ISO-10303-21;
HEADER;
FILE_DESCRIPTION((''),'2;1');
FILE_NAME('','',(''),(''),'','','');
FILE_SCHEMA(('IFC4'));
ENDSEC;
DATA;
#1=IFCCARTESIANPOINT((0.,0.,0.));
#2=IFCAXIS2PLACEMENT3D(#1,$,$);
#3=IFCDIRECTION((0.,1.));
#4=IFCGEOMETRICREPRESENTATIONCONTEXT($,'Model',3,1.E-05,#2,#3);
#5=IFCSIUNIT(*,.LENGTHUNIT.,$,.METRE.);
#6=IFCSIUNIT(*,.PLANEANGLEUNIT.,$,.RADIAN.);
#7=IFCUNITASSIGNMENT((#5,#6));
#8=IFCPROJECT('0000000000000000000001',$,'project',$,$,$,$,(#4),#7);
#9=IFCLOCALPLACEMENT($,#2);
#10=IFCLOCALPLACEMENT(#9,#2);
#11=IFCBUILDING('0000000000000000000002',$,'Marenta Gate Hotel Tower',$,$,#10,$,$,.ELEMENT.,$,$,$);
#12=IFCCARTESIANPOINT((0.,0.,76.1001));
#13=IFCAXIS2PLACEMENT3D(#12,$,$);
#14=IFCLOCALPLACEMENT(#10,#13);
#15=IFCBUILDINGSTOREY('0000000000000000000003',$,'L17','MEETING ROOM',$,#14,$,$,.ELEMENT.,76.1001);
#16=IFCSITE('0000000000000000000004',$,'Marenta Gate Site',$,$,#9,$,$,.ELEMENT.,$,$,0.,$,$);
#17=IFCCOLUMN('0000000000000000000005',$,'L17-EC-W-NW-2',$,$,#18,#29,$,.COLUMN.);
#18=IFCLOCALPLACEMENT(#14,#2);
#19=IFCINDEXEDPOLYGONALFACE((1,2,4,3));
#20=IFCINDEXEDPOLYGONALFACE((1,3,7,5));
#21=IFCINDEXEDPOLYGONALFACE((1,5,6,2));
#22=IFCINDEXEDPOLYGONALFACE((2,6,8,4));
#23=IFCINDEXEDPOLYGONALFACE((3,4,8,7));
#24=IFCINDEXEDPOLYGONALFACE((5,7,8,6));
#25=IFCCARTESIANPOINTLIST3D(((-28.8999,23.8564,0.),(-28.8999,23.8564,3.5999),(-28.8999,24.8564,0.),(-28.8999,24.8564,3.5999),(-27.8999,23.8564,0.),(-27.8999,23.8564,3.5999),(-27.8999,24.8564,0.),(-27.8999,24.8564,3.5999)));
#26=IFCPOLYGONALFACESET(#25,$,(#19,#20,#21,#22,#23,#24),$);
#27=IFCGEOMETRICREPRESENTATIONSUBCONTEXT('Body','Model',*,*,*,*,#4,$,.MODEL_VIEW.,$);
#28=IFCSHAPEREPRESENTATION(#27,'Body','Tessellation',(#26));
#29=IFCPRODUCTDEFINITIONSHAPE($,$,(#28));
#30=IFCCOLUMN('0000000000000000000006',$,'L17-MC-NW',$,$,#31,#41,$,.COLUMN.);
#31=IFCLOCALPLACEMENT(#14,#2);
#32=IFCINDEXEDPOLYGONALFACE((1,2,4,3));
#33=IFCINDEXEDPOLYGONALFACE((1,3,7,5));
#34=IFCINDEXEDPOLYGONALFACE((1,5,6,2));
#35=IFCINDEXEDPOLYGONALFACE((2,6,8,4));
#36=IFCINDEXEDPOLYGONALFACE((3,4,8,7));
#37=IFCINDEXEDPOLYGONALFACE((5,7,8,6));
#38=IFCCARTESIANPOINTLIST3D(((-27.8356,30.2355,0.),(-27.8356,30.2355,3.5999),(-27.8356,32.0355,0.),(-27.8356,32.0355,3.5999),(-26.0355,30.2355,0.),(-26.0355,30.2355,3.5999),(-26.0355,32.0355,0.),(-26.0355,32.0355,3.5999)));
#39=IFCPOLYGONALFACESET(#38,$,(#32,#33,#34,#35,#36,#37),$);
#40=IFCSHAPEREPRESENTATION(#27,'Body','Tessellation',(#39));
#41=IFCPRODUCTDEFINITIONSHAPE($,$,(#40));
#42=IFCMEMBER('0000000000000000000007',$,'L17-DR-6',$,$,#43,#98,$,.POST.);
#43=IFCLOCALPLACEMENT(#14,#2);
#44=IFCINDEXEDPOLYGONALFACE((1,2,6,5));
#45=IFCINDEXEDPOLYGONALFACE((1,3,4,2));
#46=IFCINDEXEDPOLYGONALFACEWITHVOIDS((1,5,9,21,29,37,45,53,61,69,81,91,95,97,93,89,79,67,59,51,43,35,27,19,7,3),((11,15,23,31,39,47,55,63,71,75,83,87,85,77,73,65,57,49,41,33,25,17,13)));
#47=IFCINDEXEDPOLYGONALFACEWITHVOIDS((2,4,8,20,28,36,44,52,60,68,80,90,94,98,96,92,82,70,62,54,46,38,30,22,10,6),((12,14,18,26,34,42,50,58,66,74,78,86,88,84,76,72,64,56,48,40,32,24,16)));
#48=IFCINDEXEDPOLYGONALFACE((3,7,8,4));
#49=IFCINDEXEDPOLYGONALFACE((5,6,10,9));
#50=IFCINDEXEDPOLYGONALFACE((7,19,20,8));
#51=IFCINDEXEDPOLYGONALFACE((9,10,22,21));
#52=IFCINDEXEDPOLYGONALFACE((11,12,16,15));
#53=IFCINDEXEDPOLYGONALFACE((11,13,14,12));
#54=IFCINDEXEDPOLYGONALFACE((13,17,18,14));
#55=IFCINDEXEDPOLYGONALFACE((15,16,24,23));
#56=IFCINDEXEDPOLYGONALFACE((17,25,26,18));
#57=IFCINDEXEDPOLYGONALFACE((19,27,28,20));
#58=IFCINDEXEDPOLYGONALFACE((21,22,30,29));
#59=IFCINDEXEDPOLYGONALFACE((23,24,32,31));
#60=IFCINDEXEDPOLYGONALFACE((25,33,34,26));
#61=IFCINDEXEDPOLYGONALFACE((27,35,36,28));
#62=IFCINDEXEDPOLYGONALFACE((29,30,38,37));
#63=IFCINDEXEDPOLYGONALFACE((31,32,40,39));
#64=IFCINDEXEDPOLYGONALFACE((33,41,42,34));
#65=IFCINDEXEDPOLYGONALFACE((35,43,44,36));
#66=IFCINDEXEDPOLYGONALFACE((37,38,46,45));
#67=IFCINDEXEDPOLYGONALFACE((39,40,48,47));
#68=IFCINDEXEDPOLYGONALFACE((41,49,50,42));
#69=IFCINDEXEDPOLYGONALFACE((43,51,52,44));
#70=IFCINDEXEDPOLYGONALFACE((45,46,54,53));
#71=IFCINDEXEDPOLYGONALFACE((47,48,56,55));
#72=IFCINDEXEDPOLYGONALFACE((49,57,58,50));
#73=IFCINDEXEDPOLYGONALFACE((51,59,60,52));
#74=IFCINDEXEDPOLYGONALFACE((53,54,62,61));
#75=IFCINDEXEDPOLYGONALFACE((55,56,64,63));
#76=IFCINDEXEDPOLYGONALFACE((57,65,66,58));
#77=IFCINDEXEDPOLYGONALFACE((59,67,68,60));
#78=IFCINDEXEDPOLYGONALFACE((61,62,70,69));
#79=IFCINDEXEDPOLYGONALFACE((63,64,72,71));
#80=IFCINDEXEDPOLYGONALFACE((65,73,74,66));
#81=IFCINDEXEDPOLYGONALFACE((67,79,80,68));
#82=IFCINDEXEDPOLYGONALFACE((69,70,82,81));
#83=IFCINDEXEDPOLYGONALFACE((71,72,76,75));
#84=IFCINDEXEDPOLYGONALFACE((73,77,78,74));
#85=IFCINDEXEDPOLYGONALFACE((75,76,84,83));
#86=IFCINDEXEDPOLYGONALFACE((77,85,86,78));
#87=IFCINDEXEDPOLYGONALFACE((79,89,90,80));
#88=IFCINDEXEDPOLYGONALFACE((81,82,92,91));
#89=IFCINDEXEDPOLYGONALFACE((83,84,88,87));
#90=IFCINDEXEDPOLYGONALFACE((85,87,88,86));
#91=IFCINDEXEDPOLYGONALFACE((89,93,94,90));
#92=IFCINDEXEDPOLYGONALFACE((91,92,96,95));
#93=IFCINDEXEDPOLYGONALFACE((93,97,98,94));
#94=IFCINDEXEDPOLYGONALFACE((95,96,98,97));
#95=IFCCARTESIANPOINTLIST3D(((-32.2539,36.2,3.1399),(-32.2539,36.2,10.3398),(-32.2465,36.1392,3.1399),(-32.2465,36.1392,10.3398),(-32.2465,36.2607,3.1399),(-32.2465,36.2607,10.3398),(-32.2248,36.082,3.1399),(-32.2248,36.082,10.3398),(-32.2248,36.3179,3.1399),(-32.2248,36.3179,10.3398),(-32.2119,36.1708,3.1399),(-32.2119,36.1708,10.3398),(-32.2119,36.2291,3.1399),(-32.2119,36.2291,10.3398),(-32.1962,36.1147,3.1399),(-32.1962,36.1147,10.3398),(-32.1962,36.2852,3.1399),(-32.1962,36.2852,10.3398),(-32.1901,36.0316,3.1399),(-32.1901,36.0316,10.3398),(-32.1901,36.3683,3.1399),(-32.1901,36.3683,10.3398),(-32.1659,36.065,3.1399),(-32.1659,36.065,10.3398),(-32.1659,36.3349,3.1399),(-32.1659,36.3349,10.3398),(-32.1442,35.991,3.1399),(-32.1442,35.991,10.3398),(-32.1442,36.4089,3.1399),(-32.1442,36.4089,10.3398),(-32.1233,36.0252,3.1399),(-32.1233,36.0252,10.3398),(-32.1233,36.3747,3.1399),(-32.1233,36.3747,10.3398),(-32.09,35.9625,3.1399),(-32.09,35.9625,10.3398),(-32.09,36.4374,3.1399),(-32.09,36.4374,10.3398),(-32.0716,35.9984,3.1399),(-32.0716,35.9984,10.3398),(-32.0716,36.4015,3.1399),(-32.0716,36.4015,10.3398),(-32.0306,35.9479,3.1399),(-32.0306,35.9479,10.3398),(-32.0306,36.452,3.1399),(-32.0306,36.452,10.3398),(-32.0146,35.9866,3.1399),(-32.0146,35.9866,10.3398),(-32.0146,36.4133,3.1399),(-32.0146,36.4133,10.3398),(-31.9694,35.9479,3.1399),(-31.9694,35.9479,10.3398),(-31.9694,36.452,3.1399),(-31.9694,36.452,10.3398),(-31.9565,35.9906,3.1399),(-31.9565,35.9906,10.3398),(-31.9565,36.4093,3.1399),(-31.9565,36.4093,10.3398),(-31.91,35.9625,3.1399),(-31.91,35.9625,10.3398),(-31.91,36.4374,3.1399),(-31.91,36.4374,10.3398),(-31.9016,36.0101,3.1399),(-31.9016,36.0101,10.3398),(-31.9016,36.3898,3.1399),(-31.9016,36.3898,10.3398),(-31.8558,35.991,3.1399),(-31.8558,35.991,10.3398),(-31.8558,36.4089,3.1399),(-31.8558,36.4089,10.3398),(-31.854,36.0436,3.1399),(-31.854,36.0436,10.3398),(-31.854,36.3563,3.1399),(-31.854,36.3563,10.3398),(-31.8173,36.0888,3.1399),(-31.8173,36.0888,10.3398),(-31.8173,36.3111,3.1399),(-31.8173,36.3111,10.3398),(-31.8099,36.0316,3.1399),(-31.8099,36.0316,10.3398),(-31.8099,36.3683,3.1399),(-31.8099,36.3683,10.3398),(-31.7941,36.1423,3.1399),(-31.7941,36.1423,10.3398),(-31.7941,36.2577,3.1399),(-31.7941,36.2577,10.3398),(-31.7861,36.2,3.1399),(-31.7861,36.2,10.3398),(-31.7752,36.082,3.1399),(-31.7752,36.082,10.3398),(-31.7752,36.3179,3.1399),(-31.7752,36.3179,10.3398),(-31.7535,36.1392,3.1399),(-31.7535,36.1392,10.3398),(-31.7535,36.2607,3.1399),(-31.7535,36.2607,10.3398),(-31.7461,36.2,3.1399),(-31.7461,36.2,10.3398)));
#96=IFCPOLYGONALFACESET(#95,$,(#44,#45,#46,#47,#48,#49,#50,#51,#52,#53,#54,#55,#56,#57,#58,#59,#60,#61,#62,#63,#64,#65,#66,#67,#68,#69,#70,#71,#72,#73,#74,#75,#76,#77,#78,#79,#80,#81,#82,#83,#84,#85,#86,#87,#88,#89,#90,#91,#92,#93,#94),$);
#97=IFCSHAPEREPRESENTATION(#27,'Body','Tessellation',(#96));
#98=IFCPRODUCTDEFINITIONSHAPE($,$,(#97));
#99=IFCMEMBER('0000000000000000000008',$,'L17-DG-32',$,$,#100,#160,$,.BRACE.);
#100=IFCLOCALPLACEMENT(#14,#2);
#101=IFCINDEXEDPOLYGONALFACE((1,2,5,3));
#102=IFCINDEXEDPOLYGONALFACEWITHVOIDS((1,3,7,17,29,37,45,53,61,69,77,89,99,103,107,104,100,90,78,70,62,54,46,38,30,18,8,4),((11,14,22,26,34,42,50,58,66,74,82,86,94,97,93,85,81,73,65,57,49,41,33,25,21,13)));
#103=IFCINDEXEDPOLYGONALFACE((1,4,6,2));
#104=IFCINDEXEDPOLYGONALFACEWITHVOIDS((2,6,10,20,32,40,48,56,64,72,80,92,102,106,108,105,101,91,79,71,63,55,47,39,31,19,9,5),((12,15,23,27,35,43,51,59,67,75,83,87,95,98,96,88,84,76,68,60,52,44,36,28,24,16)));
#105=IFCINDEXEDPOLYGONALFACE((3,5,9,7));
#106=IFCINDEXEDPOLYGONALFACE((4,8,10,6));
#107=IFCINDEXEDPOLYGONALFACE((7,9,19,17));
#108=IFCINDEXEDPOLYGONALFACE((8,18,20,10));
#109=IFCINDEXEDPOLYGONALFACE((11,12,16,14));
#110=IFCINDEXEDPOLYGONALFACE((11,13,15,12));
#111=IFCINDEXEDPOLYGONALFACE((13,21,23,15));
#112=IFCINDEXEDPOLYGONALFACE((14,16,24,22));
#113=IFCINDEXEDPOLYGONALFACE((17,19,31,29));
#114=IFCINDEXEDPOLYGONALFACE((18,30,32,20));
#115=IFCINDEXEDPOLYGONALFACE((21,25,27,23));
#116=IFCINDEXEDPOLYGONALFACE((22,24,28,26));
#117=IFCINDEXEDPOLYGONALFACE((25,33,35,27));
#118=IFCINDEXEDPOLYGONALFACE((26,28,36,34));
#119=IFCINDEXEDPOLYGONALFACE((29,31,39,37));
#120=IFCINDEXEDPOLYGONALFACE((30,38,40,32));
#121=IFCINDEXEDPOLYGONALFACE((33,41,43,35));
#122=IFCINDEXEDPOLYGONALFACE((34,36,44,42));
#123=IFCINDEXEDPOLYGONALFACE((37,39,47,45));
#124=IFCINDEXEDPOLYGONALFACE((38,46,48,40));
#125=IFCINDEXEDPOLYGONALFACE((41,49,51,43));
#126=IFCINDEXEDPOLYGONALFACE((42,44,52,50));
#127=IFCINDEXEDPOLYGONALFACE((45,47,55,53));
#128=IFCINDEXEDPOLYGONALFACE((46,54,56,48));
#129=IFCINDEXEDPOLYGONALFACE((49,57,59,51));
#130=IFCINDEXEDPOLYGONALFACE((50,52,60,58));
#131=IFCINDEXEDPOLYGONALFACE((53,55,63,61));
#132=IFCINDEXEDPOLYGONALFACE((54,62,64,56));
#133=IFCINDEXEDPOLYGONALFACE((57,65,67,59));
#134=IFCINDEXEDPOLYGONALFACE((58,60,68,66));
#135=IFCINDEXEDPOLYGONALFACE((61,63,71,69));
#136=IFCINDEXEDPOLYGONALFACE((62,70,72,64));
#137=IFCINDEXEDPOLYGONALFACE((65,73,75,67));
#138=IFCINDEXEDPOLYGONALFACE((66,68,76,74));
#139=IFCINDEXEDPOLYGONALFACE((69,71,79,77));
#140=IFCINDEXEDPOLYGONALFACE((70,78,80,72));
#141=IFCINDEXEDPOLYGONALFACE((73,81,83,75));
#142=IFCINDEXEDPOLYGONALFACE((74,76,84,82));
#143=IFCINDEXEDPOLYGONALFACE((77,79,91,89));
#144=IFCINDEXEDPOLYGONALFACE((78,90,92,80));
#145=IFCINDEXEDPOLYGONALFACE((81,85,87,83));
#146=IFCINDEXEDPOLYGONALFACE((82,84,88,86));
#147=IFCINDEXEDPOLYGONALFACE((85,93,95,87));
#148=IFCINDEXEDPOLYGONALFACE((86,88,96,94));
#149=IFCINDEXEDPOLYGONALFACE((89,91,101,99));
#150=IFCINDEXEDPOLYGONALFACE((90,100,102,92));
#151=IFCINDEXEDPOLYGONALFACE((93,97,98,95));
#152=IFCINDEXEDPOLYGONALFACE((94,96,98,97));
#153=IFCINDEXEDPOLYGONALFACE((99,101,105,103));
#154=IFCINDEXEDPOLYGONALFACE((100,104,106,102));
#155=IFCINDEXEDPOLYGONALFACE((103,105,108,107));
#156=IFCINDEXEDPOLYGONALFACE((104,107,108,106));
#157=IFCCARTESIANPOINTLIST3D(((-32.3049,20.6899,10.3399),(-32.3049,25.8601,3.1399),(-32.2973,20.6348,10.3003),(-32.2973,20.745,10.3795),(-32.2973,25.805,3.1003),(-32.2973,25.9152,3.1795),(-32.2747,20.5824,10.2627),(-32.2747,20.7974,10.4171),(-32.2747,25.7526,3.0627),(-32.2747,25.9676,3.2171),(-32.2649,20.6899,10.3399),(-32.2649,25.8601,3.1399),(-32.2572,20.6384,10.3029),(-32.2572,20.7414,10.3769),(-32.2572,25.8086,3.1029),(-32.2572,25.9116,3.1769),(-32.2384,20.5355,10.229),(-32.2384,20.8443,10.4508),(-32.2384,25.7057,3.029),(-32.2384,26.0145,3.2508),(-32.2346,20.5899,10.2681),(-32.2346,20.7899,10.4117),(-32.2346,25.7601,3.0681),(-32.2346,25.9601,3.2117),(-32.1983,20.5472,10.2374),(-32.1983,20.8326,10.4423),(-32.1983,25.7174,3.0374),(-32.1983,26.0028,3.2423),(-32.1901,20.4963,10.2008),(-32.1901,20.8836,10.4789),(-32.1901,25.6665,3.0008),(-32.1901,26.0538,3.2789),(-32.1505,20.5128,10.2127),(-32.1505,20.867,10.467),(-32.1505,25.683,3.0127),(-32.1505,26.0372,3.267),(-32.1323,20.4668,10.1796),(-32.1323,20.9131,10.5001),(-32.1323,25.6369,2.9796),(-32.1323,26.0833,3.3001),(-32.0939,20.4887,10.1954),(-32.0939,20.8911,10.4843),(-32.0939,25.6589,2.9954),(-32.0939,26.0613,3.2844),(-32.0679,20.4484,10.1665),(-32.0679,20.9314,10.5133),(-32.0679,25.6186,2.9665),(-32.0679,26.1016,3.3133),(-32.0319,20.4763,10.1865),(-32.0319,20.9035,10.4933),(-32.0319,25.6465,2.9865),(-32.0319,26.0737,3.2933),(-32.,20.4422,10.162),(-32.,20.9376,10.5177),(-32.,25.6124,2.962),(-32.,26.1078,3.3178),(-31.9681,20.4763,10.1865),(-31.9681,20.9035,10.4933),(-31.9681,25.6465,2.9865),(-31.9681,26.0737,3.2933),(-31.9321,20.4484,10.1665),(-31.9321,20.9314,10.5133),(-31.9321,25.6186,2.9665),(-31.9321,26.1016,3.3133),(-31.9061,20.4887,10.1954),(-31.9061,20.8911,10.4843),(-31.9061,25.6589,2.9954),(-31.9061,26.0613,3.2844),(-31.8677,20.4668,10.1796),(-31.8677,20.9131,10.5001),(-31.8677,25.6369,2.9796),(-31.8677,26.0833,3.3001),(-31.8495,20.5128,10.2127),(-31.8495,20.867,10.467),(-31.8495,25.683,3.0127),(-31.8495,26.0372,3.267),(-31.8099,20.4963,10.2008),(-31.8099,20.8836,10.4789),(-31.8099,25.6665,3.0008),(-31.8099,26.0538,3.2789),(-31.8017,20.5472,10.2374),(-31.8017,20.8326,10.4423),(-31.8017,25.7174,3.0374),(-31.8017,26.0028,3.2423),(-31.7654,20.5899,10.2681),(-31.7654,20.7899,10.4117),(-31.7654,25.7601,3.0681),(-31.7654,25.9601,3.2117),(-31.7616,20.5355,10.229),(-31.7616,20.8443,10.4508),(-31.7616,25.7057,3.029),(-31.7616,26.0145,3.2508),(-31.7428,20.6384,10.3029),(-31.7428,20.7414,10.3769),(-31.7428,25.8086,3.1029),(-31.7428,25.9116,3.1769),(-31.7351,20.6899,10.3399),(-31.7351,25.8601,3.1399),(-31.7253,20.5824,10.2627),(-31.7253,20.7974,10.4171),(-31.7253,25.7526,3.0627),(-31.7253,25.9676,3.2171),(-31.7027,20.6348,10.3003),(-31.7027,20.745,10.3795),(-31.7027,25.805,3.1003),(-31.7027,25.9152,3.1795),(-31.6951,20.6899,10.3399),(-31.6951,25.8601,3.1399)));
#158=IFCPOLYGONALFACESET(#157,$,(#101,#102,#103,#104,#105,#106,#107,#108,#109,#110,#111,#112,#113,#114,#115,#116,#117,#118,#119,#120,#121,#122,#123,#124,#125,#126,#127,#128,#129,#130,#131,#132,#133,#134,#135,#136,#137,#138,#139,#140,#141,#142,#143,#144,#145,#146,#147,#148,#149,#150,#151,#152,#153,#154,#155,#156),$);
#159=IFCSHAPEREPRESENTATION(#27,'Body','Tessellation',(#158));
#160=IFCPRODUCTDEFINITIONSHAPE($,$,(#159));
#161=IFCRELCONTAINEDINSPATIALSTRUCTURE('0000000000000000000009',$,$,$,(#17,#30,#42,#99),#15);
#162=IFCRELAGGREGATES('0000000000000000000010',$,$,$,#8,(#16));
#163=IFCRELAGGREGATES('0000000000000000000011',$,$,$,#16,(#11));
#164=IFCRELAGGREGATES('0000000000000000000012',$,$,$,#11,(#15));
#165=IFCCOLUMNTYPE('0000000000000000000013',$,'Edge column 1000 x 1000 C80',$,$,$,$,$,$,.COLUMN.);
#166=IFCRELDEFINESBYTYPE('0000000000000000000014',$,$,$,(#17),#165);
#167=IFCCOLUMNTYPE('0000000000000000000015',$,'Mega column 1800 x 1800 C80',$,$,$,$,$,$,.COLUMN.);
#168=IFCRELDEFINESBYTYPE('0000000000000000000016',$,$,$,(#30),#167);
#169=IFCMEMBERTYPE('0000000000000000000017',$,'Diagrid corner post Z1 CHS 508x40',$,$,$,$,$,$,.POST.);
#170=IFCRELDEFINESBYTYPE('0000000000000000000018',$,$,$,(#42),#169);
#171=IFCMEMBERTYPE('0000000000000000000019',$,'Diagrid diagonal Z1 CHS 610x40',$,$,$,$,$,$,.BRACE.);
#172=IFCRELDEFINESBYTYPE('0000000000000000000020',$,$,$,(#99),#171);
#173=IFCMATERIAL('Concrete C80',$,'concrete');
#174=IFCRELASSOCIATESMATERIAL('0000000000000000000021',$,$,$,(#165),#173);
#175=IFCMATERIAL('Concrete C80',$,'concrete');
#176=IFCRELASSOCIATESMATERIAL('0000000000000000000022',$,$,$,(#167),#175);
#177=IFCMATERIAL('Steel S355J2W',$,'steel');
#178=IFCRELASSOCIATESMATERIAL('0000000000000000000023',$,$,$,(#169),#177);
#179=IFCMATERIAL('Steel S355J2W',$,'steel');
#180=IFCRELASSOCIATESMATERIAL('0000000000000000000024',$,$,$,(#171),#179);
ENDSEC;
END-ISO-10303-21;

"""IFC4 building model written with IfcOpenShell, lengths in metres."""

from ifc_helpers import new_model, si_unit, direction, frame, origin, origin_2d, place, context, subcontext, project, spatial, rectangle, hollow_circle, extrude, material, material_profile, profile_set, type_object, element, save


model = new_model("IFC4")

# Units and contexts
model_context = context("Model", 3, precision=1e-05, world=origin(), true_north=direction((0.0, 1.0)))
body_context = subcontext(model_context, "Body", "Model", "MODEL_VIEW")
ifc_project = project(units=[si_unit("LENGTHUNIT", "METRE"), si_unit("PLANEANGLEUNIT", "RADIAN")], contexts=[model_context])

# Site, building, storey
site_placement = place(None, origin())
site = spatial("IfcSite", under=ifc_project, at=site_placement, Name="Marenta Gate Site", CompositionType="ELEMENT", RefElevation=0.0)
building_placement = place(site_placement, origin())
building = spatial("IfcBuilding", under=site, at=building_placement, Name="Marenta Gate Hotel Tower", CompositionType="ELEMENT")
storey_placement = place(building_placement, frame((0.0, 0.0, 76.1001)))
storey = spatial("IfcBuildingStorey", under=building, at=storey_placement, Name="L17", Description="MEETING ROOM", CompositionType="ELEMENT", Elevation=76.1001)

# Columns
ifc_material_1 = material(Name="Concrete C80", Category="concrete")
ifc_material_profile_1 = material_profile(ifc_material_1, rectangle(XDim=1.0, YDim=1.0, at=origin_2d()), Name="1000 x 1000")
ifc_profile_set_1 = profile_set([ifc_material_profile_1], Name="Concrete C80")
column_type_1 = type_object("IfcColumnType", Name="Edge column 1000 x 1000 C80", PredefinedType="COLUMN", material=ifc_profile_set_1)
column_1_placement = place(storey_placement, frame((-28.3999, 24.3564, 0.0), z_axis=(0.0, 0.0, 1.0), x_axis=(1.0, 0.0, 0.0)))
element("IfcColumn", 1, at=column_1_placement, inside=storey, type_object=column_type_1, Name="L17-EC-W-NW-2", PredefinedType="COLUMN", context=body_context, shape_type="SweptSolid", body=[
    extrude(rectangle(XDim=1.0, YDim=1.0, at=origin_2d()), origin(), (0.0, 0.0, 1.0), 3.5999),
])
ifc_material_2 = material(Name="Concrete C80", Category="concrete")
ifc_material_profile_2 = material_profile(ifc_material_2, rectangle(XDim=1.8, YDim=1.8, at=origin_2d()), Name="1800 x 1800")
ifc_profile_set_2 = profile_set([ifc_material_profile_2], Name="Concrete C80")
column_type_2 = type_object("IfcColumnType", Name="Mega column 1800 x 1800 C80", PredefinedType="COLUMN", material=ifc_profile_set_2)
column_2_placement = place(storey_placement, frame((-26.9355, 31.1355, 0.0), z_axis=(0.0, 0.0, 1.0), x_axis=(1.0, 0.0, 0.0)))
element("IfcColumn", 2, at=column_2_placement, inside=storey, type_object=column_type_2, Name="L17-MC-NW", PredefinedType="COLUMN", context=body_context, shape_type="SweptSolid", body=[
    extrude(rectangle(XDim=1.8, YDim=1.8, at=origin_2d()), origin(), (0.0, 0.0, 1.0), 3.5999),
])

# Members
ifc_material_3 = material(Name="Steel S355J2W", Category="steel")
ifc_material_profile_3 = material_profile(ifc_material_3, hollow_circle(Radius=0.2539, WallThickness=0.04, at=origin_2d()), Name="CHS 508x40")
ifc_profile_set_3 = profile_set([ifc_material_profile_3], Name="Steel S355J2W")
member_type_1 = type_object("IfcMemberType", Name="Diagrid corner post Z1 CHS 508x40", PredefinedType="POST", material=ifc_profile_set_3)
member_1_placement = place(storey_placement, frame((-32.0, 36.2, 3.1399), z_axis=(0.0, 0.0, 1.0), x_axis=(1.0, 0.0, 0.0)))
element("IfcMember", 3, at=member_1_placement, inside=storey, type_object=member_type_1, Name="L17-DR-6", PredefinedType="POST", context=body_context, shape_type="SweptSolid", body=[
    extrude(hollow_circle(Radius=0.2539, WallThickness=0.04, at=origin_2d()), origin(), (0.0, 0.0, 1.0), 7.2),
])
ifc_material_4 = material(Name="Steel S355J2W", Category="steel")
ifc_material_profile_4 = material_profile(ifc_material_4, hollow_circle(Radius=0.3049, WallThickness=0.04, at=origin_2d()), Name="CHS 610x40")
ifc_profile_set_4 = profile_set([ifc_material_profile_4], Name="Steel S355J2W")
member_type_2 = type_object("IfcMemberType", Name="Diagrid diagonal Z1 CHS 610x40", PredefinedType="BRACE", material=ifc_profile_set_4)
member_2_placement = place(storey_placement, frame((-32.0, 25.8601, 3.1399), z_axis=(0.0, -0.583279, 0.812272), x_axis=(1.0, 0.0, 0.0)))
element("IfcMember", 4, at=member_2_placement, inside=storey, type_object=member_type_2, Name="L17-DG-32", PredefinedType="BRACE", context=body_context, shape_type="SweptSolid", body=[
    extrude(hollow_circle(Radius=0.3049, WallThickness=0.04, at=origin_2d()), origin(), (0.0, 0.0, 1.0), 8.864),
])

save(model, "model.ifc")
